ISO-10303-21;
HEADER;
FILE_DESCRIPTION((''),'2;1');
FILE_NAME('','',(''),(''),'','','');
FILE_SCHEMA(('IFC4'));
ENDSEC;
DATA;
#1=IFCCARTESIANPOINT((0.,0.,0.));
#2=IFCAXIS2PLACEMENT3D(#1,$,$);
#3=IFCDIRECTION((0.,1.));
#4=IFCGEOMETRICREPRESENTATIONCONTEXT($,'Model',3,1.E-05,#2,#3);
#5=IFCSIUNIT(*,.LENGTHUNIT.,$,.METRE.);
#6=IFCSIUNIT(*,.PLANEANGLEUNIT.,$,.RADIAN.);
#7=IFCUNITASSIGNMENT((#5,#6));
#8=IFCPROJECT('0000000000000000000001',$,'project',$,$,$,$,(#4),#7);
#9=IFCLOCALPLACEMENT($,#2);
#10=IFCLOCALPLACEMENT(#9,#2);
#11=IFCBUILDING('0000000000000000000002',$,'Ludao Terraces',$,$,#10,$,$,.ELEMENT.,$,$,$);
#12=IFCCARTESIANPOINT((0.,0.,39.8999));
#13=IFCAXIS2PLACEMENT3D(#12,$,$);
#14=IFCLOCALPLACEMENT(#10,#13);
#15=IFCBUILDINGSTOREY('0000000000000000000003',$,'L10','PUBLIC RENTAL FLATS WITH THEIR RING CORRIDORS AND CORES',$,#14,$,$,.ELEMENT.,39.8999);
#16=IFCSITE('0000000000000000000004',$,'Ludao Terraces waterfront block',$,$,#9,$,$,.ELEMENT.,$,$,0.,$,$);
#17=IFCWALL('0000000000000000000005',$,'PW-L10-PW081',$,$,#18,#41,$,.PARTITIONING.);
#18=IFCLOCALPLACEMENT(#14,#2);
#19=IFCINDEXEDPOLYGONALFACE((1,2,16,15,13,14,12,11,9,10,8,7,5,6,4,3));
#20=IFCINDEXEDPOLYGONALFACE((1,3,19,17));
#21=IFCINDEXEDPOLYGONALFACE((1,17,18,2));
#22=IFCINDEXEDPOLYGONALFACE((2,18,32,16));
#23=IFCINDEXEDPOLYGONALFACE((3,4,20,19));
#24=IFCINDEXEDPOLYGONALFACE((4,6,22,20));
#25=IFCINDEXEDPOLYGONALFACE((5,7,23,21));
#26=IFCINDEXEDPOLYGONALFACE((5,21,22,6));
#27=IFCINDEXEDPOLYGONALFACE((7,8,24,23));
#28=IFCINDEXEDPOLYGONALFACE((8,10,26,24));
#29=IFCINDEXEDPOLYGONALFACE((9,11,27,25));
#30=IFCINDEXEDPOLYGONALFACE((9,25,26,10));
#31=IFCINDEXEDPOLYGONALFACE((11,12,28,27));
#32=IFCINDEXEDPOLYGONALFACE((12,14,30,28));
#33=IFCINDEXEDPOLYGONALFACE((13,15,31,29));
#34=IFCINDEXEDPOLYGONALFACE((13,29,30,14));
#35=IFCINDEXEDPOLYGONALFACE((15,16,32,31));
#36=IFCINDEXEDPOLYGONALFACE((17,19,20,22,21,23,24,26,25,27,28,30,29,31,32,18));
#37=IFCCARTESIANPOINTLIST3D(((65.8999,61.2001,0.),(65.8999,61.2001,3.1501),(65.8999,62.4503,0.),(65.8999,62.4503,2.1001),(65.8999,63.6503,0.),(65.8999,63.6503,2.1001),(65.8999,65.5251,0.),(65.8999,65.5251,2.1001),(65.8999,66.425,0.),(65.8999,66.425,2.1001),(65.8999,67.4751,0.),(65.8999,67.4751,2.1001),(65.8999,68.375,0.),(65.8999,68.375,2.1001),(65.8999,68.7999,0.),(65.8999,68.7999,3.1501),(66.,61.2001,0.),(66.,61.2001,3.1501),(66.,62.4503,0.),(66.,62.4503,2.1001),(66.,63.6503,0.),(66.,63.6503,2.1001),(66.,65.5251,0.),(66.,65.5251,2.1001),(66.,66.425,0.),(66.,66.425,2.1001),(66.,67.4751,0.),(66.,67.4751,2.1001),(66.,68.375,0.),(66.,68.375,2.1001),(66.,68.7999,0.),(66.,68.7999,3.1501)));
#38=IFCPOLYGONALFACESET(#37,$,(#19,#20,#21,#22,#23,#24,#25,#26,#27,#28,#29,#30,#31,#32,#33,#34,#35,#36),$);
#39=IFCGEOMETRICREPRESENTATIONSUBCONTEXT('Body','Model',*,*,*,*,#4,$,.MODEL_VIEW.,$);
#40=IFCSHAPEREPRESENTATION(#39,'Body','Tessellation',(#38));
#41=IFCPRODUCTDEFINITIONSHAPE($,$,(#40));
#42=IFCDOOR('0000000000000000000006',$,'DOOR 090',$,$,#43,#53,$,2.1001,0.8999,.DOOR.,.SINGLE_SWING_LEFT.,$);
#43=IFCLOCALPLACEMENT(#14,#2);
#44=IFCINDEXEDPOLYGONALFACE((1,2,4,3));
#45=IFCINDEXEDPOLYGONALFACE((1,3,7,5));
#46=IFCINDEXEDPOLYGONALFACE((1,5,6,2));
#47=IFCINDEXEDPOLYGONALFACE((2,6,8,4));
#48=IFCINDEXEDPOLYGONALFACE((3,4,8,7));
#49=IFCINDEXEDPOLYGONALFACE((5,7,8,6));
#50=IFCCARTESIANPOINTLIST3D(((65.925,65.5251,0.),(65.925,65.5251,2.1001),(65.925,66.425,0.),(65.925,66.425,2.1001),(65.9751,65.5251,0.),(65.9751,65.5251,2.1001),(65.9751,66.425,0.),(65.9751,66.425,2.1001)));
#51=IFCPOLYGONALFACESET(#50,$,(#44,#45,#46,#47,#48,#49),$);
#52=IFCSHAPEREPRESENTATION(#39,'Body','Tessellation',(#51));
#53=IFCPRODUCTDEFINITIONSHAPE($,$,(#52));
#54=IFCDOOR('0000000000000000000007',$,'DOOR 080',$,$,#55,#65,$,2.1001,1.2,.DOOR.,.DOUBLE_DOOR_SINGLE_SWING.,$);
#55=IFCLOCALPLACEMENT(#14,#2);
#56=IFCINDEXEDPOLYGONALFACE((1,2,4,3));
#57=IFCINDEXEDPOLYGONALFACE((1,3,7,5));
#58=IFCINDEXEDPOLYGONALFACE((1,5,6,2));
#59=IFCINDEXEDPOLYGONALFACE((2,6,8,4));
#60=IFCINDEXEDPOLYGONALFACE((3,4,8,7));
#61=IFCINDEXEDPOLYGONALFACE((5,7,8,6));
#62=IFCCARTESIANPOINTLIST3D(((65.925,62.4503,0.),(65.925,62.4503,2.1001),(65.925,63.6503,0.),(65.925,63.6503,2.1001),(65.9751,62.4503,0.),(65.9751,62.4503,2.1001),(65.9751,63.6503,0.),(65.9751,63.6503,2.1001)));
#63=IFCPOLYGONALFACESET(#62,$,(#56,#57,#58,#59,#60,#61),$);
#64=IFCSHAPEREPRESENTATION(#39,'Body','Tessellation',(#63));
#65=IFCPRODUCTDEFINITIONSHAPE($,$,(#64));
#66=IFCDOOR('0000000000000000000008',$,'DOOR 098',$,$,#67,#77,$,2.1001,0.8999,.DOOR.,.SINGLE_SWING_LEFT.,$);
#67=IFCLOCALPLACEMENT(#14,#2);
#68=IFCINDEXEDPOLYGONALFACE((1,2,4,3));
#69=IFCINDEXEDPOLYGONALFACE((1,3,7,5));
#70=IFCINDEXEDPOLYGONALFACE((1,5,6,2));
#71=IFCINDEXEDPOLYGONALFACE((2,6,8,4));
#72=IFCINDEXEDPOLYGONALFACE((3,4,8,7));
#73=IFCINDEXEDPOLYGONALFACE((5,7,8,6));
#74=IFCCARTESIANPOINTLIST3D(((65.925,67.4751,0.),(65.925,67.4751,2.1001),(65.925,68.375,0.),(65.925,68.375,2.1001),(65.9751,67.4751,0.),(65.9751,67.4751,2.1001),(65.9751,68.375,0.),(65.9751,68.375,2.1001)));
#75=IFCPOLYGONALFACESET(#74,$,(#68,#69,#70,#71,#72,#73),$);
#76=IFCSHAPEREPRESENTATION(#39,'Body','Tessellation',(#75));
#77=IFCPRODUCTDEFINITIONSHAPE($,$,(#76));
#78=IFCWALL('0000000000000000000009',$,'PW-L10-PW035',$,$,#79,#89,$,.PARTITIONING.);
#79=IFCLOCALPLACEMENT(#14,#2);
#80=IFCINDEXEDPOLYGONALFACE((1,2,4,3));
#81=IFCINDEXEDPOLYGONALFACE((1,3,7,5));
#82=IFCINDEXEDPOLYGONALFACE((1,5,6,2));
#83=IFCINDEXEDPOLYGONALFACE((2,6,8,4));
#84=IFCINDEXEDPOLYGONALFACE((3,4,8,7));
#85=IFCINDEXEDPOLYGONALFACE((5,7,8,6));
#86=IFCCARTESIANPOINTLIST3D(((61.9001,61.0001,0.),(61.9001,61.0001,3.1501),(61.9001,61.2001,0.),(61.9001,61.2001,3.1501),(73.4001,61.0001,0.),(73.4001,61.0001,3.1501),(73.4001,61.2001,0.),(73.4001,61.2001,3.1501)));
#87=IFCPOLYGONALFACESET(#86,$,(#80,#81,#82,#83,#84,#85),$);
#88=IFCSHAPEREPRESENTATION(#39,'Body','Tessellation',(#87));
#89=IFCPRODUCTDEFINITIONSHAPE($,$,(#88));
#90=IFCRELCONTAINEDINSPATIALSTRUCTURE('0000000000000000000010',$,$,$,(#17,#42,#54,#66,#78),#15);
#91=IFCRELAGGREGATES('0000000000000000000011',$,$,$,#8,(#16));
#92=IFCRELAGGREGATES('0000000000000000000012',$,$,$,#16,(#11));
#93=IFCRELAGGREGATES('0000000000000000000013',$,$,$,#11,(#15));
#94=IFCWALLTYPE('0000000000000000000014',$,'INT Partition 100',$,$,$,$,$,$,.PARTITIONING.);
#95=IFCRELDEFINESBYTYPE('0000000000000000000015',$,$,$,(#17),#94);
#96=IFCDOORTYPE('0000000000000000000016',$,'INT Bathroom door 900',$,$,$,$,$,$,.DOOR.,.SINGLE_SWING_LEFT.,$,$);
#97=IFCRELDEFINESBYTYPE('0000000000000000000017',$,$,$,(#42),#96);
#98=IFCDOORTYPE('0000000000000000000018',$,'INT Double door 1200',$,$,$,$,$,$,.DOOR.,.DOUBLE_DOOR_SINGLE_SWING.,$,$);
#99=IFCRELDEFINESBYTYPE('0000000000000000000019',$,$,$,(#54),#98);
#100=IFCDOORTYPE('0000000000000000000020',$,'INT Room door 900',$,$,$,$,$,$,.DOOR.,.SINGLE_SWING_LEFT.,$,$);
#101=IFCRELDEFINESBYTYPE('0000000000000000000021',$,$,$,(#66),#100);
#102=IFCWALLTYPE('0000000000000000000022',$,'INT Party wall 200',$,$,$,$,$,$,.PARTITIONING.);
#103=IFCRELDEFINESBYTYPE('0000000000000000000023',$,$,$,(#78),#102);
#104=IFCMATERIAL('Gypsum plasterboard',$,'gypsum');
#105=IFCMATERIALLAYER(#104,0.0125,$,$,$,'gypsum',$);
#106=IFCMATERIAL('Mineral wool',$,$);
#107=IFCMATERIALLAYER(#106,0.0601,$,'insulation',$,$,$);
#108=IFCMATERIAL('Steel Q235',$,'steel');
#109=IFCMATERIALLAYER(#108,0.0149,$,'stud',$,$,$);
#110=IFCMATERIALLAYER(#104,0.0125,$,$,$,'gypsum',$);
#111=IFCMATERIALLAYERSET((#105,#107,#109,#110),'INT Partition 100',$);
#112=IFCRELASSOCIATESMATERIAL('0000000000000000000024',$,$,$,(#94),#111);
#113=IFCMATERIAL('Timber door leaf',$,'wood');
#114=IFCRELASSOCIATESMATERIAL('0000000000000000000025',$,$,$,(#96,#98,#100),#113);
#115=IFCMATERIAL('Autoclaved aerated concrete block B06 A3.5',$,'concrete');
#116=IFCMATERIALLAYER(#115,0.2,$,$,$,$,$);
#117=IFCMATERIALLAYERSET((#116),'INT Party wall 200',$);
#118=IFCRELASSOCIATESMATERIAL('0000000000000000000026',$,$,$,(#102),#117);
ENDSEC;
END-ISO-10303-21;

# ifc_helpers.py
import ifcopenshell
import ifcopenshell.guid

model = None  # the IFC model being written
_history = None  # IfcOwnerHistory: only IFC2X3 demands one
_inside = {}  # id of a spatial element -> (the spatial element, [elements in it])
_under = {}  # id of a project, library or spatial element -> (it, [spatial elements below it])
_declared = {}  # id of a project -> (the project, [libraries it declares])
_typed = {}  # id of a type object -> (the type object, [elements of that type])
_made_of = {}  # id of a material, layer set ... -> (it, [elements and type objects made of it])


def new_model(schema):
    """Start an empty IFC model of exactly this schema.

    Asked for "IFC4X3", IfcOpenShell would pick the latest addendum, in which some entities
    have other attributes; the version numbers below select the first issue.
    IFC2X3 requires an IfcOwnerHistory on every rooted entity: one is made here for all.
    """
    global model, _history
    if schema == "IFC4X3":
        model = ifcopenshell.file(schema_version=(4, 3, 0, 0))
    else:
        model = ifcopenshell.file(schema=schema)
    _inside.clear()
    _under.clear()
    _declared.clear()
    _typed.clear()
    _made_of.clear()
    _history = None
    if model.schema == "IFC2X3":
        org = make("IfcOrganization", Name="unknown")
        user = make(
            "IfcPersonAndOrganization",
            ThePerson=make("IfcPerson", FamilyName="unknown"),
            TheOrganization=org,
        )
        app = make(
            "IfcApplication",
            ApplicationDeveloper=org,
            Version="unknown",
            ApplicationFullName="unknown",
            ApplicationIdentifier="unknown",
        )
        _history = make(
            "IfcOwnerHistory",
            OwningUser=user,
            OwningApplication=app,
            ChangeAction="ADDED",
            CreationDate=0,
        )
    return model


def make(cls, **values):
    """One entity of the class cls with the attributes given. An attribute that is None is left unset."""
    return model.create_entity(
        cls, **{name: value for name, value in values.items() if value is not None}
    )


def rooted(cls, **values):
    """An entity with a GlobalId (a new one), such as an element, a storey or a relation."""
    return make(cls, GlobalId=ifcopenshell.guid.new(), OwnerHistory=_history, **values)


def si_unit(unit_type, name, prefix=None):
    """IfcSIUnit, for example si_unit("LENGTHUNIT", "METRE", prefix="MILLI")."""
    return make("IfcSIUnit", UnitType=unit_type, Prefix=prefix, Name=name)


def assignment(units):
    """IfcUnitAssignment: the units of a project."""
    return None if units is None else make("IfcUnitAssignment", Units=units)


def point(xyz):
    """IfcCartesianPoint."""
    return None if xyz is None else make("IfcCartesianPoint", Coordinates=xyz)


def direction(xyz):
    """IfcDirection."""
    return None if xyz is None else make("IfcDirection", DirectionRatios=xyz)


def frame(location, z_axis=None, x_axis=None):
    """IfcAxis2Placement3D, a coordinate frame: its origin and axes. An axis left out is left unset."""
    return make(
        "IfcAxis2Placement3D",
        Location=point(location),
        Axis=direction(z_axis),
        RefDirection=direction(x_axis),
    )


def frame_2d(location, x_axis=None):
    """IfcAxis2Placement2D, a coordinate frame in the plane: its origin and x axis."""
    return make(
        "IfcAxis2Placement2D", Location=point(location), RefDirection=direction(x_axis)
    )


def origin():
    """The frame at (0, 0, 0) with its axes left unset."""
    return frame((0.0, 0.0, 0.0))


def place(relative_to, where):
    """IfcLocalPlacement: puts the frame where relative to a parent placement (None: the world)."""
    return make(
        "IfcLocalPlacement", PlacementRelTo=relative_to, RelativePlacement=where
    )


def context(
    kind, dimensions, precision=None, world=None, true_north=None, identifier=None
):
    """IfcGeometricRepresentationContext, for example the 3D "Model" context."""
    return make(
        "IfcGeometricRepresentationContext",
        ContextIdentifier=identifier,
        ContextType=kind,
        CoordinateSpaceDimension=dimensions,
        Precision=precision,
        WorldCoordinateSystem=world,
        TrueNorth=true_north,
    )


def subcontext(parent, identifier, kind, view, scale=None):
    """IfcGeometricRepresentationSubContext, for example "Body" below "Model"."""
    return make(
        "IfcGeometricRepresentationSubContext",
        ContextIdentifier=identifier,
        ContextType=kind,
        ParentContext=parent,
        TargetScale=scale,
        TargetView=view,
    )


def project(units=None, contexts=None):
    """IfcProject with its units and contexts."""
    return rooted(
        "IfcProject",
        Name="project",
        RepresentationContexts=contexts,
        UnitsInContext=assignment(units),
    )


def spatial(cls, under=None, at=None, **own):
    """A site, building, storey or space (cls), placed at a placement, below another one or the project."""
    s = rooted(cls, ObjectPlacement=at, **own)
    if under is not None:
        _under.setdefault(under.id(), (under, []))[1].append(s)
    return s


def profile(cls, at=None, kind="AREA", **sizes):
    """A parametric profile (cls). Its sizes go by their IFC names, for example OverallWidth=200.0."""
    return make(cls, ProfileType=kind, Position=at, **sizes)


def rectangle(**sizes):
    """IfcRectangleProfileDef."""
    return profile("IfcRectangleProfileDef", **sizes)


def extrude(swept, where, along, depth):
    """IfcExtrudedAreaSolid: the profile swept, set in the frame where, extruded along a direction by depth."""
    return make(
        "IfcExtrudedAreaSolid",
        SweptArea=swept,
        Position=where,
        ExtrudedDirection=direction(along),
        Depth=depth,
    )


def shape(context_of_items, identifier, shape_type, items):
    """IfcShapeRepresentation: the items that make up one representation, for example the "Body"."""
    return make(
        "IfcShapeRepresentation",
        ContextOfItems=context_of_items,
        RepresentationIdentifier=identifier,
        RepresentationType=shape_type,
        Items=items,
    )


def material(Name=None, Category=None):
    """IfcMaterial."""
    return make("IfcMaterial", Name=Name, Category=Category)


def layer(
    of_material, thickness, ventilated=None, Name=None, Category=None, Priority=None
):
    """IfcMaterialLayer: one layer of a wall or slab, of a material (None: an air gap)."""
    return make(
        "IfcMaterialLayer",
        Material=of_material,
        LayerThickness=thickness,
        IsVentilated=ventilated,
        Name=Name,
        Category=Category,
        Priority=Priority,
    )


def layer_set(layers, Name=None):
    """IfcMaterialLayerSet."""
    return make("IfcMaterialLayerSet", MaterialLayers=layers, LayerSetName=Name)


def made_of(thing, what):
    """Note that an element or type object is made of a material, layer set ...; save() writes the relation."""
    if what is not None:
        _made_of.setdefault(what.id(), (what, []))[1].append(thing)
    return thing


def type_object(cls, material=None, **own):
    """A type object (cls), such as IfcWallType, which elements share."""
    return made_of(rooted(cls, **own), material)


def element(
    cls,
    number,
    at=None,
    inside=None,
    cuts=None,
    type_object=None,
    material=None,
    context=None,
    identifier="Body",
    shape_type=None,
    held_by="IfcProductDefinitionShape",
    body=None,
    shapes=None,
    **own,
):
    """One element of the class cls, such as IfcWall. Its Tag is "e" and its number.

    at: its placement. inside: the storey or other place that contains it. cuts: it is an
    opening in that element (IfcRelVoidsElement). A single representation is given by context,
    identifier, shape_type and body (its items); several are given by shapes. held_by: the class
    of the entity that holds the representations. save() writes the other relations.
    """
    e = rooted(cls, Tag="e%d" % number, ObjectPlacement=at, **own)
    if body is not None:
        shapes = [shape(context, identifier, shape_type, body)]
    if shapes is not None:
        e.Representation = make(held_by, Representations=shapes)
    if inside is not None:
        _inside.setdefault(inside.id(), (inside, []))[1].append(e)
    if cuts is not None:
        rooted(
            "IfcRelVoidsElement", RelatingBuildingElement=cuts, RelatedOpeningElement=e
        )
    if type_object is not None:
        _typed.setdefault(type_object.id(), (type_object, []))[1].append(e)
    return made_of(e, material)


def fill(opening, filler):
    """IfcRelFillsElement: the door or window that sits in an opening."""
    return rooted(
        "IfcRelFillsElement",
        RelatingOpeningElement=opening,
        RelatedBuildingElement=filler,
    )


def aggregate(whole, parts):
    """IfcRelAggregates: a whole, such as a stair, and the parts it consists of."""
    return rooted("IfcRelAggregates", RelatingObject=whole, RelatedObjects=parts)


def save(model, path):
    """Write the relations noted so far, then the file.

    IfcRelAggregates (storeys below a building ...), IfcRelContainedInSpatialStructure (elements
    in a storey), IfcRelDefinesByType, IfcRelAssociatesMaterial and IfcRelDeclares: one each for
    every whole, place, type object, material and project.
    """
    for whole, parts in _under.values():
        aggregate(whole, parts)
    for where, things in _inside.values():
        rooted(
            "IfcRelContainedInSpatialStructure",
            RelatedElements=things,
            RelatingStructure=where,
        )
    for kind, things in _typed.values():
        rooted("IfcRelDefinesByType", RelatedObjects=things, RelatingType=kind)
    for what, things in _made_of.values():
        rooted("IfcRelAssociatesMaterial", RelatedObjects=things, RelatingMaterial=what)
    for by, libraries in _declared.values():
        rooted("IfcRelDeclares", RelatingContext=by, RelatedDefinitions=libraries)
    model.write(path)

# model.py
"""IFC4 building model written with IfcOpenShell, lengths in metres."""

from ifc_helpers import new_model, si_unit, direction, frame, frame_2d, origin, place, context, subcontext, project, spatial, rectangle, extrude, material, layer, layer_set, type_object, element, fill, save


model = new_model("IFC4")

# Units and contexts
model_context = context("Model", 3, precision=1e-05, world=origin(), true_north=direction((0.0, 1.0)))
body_context = subcontext(model_context, "Body", "Model", "MODEL_VIEW")
ifc_project = project(units=[si_unit("LENGTHUNIT", "METRE"), si_unit("PLANEANGLEUNIT", "RADIAN")], contexts=[model_context])

# Site, building, storey
site_placement = place(None, origin())
site = spatial("IfcSite", under=ifc_project, at=site_placement, Name="Ludao Terraces waterfront block", CompositionType="ELEMENT", RefElevation=0.0)
building_placement = place(site_placement, origin())
building = spatial("IfcBuilding", under=site, at=building_placement, Name="Ludao Terraces", CompositionType="ELEMENT")
storey_placement = place(building_placement, frame((0.0, 0.0, 39.8999)))
storey = spatial("IfcBuildingStorey", under=building, at=storey_placement, Name="L10", Description="PUBLIC RENTAL FLATS WITH THEIR RING CORRIDORS AND CORES", CompositionType="ELEMENT", Elevation=39.8999)

# Shared definitions
ifc_material_1 = material(Name="Mineral wool")

# Shared definitions
ifc_material_2 = material(Name="Gypsum plasterboard", Category="gypsum")
ifc_layer_1 = layer(ifc_material_2, 0.0125, Category="gypsum")
ifc_layer_2 = layer(ifc_material_1, 0.0601, Name="insulation")
ifc_material_3 = material(Name="Steel Q235", Category="steel")
ifc_layer_3 = layer(ifc_material_3, 0.0149, Name="stud")
ifc_layer_4 = layer(ifc_material_2, 0.0125, Category="gypsum")
ifc_layer_set_1 = layer_set([ifc_layer_1, ifc_layer_2, ifc_layer_3, ifc_layer_4], Name="INT Partition 100")
wall_type_1 = type_object("IfcWallType", Name="INT Partition 100", PredefinedType="PARTITIONING", material=ifc_layer_set_1)

# Wall, openings, doors
wall_1_placement = place(storey_placement, frame((65.95, 61.2002, 0.0), z_axis=(0.0, 0.0, 1.0), x_axis=(0.0, 1.0, 0.0)))
wall_1 = element("IfcWall", 1, at=wall_1_placement, inside=storey, type_object=wall_type_1, Name="PW-L10-PW081", PredefinedType="PARTITIONING", context=body_context, shape_type="SweptSolid", body=[
    extrude(rectangle(XDim=7.5999, YDim=0.1001, at=frame_2d((3.7998, 0.0))), origin(), (0.0, 0.0, 1.0), 3.1501),
])
opening_1_placement = place(wall_1_placement, frame((1.25, 0.0, 0.0)))
opening_1 = element("IfcOpeningElement", 2, at=opening_1_placement, cuts=wall_1, PredefinedType="OPENING", context=body_context, shape_type="SweptSolid", body=[
    extrude(rectangle(XDim=1.2, YDim=2.1001, at=frame_2d((0.6001, 1.05))), frame((0.0, 0.0601, 0.0), z_axis=(0.0, -1.0, 0.0), x_axis=(1.0, 0.0, 0.0)), (0.0, 0.0, 1.0), 0.1201),
])
opening_2_placement = place(wall_1_placement, frame((4.325, 0.0, 0.0)))
opening_2 = element("IfcOpeningElement", 3, at=opening_2_placement, cuts=wall_1, PredefinedType="OPENING", context=body_context, shape_type="SweptSolid", body=[
    extrude(rectangle(XDim=0.8999, YDim=2.1001, at=frame_2d((0.45, 1.05))), frame((0.0, 0.0601, 0.0), z_axis=(0.0, -1.0, 0.0), x_axis=(1.0, 0.0, 0.0)), (0.0, 0.0, 1.0), 0.1201),
])
opening_3_placement = place(wall_1_placement, frame((6.2749, 0.0, 0.0)))
opening_3 = element("IfcOpeningElement", 4, at=opening_3_placement, cuts=wall_1, PredefinedType="OPENING", context=body_context, shape_type="SweptSolid", body=[
    extrude(rectangle(XDim=0.8999, YDim=2.1001, at=frame_2d((0.45, 1.05))), frame((0.0, 0.0601, 0.0), z_axis=(0.0, -1.0, 0.0), x_axis=(1.0, 0.0, 0.0)), (0.0, 0.0, 1.0), 0.1201),
])
ifc_material_4 = material(Name="Timber door leaf", Category="wood")
door_type_1 = type_object("IfcDoorType", Name="INT Bathroom door 900", OperationType="SINGLE_SWING_LEFT", PredefinedType="DOOR", material=ifc_material_4)
door_1_placement = place(opening_2_placement, origin())
door_1 = element("IfcDoor", 5, at=door_1_placement, inside=storey, type_object=door_type_1, Name="DOOR 090", OperationType="SINGLE_SWING_LEFT", OverallHeight=2.1001, OverallWidth=0.8999, PredefinedType="DOOR", context=body_context, shape_type="SweptSolid", body=[
    extrude(rectangle(XDim=0.8999, YDim=2.1001, at=frame_2d((0.45, 1.05))), frame((0.0, 0.0249, 0.0), z_axis=(0.0, -1.0, 0.0), x_axis=(1.0, 0.0, 0.0)), (0.0, 0.0, 1.0), 0.05),
])
fill(opening_2, door_1)
door_type_2 = type_object("IfcDoorType", Name="INT Double door 1200", OperationType="DOUBLE_DOOR_SINGLE_SWING", PredefinedType="DOOR", material=ifc_material_4)
door_2_placement = place(opening_1_placement, origin())
door_2 = element("IfcDoor", 6, at=door_2_placement, inside=storey, type_object=door_type_2, Name="DOOR 080", OperationType="DOUBLE_DOOR_SINGLE_SWING", OverallHeight=2.1001, OverallWidth=1.2, PredefinedType="DOOR", context=body_context, shape_type="SweptSolid", body=[
    extrude(rectangle(XDim=1.2, YDim=2.1001, at=frame_2d((0.6001, 1.05))), frame((0.0, 0.0249, 0.0), z_axis=(0.0, -1.0, 0.0), x_axis=(1.0, 0.0, 0.0)), (0.0, 0.0, 1.0), 0.05),
])
fill(opening_1, door_2)
door_type_3 = type_object("IfcDoorType", Name="INT Room door 900", OperationType="SINGLE_SWING_LEFT", PredefinedType="DOOR", material=ifc_material_4)
door_3_placement = place(opening_3_placement, origin())
door_3 = element("IfcDoor", 7, at=door_3_placement, inside=storey, type_object=door_type_3, Name="DOOR 098", OperationType="SINGLE_SWING_LEFT", OverallHeight=2.1001, OverallWidth=0.8999, PredefinedType="DOOR", context=body_context, shape_type="SweptSolid", body=[
    extrude(rectangle(XDim=0.8999, YDim=2.1001, at=frame_2d((0.45, 1.05))), frame((0.0, 0.0249, 0.0), z_axis=(0.0, -1.0, 0.0), x_axis=(1.0, 0.0, 0.0)), (0.0, 0.0, 1.0), 0.05),
])
fill(opening_3, door_3)

# Wall
ifc_material_5 = material(Name="Autoclaved aerated concrete block B06 A3.5", Category="concrete")
ifc_layer_5 = layer(ifc_material_5, 0.2)
ifc_layer_set_2 = layer_set([ifc_layer_5], Name="INT Party wall 200")
wall_type_2 = type_object("IfcWallType", Name="INT Party wall 200", PredefinedType="PARTITIONING", material=ifc_layer_set_2)
wall_2_placement = place(storey_placement, frame((61.9001, 61.1001, 0.0), z_axis=(0.0, 0.0, 1.0), x_axis=(1.0, 0.0, 0.0)))
element("IfcWall", 8, at=wall_2_placement, inside=storey, type_object=wall_type_2, Name="PW-L10-PW035", PredefinedType="PARTITIONING", context=body_context, shape_type="SweptSolid", body=[
    extrude(rectangle(XDim=11.5, YDim=0.2, at=frame_2d((5.75, 0.0))), origin(), (0.0, 0.0, 1.0), 3.1501),
])

save(model, "model.ifc")
